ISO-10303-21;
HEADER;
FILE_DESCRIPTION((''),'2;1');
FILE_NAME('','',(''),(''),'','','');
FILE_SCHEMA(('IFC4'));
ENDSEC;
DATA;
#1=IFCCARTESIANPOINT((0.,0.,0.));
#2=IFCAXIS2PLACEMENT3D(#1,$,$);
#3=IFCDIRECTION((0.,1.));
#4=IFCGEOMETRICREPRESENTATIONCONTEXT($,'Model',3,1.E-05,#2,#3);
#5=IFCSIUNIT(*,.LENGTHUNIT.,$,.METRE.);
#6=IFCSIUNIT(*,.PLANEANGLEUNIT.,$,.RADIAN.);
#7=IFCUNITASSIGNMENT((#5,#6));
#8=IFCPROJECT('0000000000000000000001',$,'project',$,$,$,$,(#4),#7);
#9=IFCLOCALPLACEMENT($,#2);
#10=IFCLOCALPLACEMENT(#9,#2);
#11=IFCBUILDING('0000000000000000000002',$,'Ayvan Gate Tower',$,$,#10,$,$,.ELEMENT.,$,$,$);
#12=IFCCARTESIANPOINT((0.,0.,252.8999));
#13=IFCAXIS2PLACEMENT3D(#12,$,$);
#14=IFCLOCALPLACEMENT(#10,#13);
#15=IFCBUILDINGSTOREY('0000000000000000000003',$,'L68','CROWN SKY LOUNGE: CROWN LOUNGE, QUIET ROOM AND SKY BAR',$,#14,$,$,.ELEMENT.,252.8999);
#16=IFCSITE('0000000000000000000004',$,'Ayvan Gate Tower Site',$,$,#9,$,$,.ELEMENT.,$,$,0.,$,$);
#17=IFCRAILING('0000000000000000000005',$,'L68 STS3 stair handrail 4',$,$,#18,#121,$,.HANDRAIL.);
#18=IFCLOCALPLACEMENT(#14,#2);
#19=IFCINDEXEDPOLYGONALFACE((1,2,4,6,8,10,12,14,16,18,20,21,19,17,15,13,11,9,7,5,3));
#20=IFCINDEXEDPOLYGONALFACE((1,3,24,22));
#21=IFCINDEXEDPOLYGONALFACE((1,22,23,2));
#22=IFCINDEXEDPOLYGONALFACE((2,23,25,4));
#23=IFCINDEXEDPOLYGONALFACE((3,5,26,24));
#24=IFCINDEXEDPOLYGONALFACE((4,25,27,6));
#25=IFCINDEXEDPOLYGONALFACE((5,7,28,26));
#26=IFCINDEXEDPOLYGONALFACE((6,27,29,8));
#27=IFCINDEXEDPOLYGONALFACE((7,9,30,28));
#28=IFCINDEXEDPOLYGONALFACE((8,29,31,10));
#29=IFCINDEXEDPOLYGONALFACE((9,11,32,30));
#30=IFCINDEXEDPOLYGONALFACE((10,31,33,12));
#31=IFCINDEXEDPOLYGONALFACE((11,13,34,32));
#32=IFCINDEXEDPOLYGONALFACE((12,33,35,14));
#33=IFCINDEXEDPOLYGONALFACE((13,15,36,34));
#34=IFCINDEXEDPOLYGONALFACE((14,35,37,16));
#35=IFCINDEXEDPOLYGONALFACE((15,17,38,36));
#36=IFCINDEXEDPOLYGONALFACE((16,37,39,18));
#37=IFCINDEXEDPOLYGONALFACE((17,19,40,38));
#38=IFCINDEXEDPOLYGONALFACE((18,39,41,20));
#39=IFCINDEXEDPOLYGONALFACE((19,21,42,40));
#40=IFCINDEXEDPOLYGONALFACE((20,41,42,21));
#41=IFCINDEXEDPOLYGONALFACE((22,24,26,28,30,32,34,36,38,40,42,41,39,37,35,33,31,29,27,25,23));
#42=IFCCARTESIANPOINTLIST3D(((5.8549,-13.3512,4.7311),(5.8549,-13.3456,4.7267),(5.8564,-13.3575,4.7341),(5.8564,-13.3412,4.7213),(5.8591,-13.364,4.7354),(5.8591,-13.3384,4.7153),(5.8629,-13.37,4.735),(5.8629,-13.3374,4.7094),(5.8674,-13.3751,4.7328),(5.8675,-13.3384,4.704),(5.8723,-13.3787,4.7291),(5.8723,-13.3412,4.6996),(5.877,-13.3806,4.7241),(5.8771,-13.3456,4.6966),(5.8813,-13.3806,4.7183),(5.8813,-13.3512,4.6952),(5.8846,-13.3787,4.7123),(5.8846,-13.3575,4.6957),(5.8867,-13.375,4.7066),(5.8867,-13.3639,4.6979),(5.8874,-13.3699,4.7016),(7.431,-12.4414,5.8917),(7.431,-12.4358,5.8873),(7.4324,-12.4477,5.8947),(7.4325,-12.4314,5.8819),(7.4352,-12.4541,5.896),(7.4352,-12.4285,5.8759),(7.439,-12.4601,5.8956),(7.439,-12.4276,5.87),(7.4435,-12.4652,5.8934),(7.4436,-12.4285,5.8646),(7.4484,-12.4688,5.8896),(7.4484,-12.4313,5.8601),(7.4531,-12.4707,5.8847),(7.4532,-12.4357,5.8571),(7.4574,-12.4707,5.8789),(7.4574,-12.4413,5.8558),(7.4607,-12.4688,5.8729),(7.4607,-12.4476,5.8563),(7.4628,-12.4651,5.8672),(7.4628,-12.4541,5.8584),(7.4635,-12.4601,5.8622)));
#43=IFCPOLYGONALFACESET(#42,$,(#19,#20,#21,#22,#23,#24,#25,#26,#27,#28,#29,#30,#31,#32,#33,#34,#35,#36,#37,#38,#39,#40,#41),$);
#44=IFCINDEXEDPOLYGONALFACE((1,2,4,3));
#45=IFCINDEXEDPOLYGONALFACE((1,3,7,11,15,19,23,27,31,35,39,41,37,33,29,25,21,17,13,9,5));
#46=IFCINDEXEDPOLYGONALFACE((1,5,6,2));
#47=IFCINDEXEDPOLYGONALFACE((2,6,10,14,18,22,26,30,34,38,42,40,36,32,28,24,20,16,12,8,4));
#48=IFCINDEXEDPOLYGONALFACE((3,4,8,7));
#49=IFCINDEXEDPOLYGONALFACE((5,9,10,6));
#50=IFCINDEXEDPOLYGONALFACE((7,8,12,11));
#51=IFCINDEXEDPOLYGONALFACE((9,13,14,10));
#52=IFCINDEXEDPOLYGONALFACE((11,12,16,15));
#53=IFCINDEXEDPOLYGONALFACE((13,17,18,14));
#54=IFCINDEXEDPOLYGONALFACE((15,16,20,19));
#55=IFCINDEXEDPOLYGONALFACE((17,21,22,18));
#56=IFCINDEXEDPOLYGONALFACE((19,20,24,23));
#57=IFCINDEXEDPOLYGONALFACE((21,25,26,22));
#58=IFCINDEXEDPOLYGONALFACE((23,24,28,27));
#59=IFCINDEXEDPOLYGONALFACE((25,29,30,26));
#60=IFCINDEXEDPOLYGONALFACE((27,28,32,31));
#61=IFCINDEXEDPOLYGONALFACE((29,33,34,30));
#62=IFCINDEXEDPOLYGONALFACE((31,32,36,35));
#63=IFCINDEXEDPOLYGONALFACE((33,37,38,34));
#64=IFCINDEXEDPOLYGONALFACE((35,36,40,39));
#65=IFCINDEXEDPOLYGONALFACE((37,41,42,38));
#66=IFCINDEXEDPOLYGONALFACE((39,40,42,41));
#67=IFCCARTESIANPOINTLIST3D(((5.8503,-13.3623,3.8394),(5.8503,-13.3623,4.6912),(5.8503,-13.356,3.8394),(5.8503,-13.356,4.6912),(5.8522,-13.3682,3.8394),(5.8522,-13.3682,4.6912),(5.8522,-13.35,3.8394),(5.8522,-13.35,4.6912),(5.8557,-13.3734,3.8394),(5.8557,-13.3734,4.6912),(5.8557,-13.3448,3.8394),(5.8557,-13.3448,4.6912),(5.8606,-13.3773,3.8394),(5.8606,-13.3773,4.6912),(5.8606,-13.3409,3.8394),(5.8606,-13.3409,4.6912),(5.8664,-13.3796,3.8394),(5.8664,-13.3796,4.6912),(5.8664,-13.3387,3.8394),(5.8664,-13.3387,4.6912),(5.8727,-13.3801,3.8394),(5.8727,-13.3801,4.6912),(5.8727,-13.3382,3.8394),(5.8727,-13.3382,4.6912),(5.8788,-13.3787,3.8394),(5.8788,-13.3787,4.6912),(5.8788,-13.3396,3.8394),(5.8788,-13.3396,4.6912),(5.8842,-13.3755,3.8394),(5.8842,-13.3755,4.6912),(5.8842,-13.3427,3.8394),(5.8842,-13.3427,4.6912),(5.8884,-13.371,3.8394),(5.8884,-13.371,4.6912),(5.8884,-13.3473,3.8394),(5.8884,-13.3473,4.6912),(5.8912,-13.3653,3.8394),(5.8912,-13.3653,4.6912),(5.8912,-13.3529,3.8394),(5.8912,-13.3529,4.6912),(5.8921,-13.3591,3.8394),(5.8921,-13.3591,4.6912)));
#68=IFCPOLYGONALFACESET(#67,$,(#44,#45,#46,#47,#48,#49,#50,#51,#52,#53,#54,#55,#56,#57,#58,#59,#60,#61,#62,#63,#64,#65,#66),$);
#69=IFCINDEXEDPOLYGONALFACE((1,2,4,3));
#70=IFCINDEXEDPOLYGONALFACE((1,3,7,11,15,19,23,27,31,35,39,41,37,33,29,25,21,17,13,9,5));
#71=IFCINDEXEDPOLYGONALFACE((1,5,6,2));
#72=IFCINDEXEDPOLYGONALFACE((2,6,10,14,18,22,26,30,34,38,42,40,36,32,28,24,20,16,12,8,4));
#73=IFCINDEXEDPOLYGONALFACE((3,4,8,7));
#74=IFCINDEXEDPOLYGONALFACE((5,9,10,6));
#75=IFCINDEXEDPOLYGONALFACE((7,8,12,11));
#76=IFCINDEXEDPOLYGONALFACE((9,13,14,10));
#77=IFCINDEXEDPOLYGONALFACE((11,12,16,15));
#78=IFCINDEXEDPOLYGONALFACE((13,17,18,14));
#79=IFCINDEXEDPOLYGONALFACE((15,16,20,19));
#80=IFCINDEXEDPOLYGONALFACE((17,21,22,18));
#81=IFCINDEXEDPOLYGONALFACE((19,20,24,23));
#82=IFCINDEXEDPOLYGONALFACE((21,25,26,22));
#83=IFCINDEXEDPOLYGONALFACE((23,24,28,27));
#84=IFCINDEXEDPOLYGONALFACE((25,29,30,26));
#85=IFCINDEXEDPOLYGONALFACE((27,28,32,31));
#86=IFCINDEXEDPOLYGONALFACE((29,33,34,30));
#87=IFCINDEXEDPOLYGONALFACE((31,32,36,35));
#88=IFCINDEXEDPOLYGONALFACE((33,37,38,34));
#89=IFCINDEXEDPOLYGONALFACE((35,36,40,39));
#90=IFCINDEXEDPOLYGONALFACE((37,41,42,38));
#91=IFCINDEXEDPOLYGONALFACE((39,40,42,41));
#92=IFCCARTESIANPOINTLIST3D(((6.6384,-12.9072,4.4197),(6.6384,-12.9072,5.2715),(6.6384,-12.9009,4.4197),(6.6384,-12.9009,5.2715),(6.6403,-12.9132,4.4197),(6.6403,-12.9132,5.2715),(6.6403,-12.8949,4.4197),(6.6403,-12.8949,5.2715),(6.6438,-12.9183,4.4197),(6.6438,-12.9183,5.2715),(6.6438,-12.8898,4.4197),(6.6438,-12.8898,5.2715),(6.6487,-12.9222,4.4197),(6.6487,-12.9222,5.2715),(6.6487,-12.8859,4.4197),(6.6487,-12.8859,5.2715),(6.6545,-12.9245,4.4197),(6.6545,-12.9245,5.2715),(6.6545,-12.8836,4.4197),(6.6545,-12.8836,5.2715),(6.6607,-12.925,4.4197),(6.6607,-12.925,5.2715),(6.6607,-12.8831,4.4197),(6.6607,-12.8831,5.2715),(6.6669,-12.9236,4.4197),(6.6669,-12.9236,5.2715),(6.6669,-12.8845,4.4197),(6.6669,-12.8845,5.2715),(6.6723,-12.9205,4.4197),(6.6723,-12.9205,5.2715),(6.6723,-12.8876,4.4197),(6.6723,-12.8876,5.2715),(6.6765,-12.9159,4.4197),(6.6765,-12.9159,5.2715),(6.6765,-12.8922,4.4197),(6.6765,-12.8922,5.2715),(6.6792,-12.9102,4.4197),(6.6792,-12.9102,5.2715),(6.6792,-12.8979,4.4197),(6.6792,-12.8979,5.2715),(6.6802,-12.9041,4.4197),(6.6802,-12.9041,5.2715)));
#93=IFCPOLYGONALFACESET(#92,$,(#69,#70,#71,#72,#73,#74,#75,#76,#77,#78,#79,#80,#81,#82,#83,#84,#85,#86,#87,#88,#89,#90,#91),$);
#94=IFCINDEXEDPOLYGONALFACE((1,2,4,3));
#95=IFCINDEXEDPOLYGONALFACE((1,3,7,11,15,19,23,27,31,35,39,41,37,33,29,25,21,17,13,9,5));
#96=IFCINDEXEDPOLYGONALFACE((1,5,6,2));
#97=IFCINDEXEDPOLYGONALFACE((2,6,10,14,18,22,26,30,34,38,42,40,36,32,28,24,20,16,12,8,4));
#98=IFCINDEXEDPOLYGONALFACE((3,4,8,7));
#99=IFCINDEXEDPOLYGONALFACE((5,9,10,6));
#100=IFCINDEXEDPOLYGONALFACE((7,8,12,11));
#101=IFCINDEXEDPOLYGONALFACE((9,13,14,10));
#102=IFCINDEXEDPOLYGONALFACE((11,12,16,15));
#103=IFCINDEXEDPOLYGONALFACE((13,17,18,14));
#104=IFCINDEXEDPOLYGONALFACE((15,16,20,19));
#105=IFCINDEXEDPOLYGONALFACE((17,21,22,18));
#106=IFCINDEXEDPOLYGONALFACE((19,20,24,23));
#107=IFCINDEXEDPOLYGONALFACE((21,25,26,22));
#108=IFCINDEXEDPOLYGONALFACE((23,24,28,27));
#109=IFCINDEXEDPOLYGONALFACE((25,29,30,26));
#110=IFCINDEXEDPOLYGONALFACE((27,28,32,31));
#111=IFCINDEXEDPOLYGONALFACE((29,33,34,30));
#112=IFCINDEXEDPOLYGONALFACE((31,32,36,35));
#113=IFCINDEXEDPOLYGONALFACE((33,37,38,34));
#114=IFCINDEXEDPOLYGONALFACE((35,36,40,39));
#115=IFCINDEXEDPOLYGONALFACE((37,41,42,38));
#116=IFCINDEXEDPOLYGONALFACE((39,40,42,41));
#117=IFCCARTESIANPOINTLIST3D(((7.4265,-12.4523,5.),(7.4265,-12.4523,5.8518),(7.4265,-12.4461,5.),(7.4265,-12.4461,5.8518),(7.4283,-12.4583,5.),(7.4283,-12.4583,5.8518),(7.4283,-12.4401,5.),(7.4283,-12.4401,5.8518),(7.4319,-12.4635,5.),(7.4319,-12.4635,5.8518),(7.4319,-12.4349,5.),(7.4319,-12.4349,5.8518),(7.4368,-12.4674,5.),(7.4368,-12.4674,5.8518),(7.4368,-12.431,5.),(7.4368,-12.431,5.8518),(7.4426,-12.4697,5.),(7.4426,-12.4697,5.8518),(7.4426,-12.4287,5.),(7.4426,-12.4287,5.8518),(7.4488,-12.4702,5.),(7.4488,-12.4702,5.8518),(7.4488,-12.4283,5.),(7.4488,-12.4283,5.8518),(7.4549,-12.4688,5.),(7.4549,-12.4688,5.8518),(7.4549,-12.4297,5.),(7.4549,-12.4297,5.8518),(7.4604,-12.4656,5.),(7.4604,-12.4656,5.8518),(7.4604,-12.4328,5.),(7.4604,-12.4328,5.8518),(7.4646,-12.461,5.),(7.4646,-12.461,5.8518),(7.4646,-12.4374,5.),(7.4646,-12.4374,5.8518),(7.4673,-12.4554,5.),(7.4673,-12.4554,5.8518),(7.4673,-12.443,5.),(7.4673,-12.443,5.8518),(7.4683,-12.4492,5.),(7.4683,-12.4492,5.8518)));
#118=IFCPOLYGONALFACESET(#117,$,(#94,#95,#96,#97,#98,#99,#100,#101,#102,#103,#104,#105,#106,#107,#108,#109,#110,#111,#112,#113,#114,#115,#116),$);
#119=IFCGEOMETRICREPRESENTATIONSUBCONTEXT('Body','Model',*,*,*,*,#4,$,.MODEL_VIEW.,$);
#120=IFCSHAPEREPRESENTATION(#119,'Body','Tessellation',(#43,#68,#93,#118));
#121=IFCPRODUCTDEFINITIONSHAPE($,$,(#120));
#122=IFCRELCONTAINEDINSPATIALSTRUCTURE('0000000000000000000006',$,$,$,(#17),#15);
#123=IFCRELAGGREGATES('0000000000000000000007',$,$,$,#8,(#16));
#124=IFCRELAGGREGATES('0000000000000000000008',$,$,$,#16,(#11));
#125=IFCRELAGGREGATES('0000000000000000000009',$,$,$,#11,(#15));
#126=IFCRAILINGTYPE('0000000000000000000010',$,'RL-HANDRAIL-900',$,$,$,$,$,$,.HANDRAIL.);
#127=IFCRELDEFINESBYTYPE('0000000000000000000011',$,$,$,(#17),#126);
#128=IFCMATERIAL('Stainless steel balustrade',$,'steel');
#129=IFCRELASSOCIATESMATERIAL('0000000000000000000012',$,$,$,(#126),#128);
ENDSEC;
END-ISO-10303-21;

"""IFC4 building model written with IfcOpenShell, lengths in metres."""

from ifc_helpers import new_model, si_unit, direction, frame, origin, origin_2d, place, context, subcontext, project, spatial, circle, extrude, material, type_object, element, save


model = new_model("IFC4")

# Units and contexts
model_context = context("Model", 3, precision=1e-05, world=origin(), true_north=direction((0.0, 1.0)))
body_context = subcontext(model_context, "Body", "Model", "MODEL_VIEW")
ifc_project = project(units=[si_unit("LENGTHUNIT", "METRE"), si_unit("PLANEANGLEUNIT", "RADIAN")], contexts=[model_context])

# Site, building, storey
site_placement = place(None, origin())
site = spatial("IfcSite", under=ifc_project, at=site_placement, Name="Ayvan Gate Tower Site", CompositionType="ELEMENT", RefElevation=0.0)
building_placement = place(site_placement, origin())
building = spatial("IfcBuilding", under=site, at=building_placement, Name="Ayvan Gate Tower", CompositionType="ELEMENT")
storey_placement = place(building_placement, frame((0.0, 0.0, 252.8999)))
storey = spatial("IfcBuildingStorey", under=building, at=storey_placement, Name="L68", Description="CROWN SKY LOUNGE: CROWN LOUNGE, QUIET ROOM AND SKY BAR", CompositionType="ELEMENT", Elevation=252.8999)

# Railing
ifc_material_1 = material(Name="Stainless steel balustrade", Category="steel")
railing_type_1 = type_object("IfcRailingType", Name="RL-HANDRAIL-900", PredefinedType="HANDRAIL", material=ifc_material_1)
railing_1_placement = place(storey_placement, frame((5.8711, -13.3591, 3.8394)))
element("IfcRailing", 1, at=railing_1_placement, inside=storey, type_object=railing_type_1, Name="L68 STS3 stair handrail 4", PredefinedType="HANDRAIL", context=body_context, shape_type="SweptSolid", body=[
    extrude(circle(Radius=0.0239, at=origin_2d()), frame((0.0, 0.0, 0.876), z_axis=(0.730198, 0.421538, 0.537695), x_axis=(-0.499962, 0.866047, 0.0)), (0.0, 0.0, 1.0), 2.1584),
    extrude(circle(Radius=0.021, at=origin_2d()), origin(), (0.0, 0.0, 1.0), 0.8518),
    extrude(circle(Radius=0.021, at=origin_2d()), frame((0.7881, 0.4551, 0.5803)), (0.0, 0.0, 1.0), 0.8518),
    extrude(circle(Radius=0.021, at=origin_2d()), frame((1.5762, 0.9099, 1.1606)), (0.0, 0.0, 1.0), 0.8518),
])

save(model, "model.ifc")
